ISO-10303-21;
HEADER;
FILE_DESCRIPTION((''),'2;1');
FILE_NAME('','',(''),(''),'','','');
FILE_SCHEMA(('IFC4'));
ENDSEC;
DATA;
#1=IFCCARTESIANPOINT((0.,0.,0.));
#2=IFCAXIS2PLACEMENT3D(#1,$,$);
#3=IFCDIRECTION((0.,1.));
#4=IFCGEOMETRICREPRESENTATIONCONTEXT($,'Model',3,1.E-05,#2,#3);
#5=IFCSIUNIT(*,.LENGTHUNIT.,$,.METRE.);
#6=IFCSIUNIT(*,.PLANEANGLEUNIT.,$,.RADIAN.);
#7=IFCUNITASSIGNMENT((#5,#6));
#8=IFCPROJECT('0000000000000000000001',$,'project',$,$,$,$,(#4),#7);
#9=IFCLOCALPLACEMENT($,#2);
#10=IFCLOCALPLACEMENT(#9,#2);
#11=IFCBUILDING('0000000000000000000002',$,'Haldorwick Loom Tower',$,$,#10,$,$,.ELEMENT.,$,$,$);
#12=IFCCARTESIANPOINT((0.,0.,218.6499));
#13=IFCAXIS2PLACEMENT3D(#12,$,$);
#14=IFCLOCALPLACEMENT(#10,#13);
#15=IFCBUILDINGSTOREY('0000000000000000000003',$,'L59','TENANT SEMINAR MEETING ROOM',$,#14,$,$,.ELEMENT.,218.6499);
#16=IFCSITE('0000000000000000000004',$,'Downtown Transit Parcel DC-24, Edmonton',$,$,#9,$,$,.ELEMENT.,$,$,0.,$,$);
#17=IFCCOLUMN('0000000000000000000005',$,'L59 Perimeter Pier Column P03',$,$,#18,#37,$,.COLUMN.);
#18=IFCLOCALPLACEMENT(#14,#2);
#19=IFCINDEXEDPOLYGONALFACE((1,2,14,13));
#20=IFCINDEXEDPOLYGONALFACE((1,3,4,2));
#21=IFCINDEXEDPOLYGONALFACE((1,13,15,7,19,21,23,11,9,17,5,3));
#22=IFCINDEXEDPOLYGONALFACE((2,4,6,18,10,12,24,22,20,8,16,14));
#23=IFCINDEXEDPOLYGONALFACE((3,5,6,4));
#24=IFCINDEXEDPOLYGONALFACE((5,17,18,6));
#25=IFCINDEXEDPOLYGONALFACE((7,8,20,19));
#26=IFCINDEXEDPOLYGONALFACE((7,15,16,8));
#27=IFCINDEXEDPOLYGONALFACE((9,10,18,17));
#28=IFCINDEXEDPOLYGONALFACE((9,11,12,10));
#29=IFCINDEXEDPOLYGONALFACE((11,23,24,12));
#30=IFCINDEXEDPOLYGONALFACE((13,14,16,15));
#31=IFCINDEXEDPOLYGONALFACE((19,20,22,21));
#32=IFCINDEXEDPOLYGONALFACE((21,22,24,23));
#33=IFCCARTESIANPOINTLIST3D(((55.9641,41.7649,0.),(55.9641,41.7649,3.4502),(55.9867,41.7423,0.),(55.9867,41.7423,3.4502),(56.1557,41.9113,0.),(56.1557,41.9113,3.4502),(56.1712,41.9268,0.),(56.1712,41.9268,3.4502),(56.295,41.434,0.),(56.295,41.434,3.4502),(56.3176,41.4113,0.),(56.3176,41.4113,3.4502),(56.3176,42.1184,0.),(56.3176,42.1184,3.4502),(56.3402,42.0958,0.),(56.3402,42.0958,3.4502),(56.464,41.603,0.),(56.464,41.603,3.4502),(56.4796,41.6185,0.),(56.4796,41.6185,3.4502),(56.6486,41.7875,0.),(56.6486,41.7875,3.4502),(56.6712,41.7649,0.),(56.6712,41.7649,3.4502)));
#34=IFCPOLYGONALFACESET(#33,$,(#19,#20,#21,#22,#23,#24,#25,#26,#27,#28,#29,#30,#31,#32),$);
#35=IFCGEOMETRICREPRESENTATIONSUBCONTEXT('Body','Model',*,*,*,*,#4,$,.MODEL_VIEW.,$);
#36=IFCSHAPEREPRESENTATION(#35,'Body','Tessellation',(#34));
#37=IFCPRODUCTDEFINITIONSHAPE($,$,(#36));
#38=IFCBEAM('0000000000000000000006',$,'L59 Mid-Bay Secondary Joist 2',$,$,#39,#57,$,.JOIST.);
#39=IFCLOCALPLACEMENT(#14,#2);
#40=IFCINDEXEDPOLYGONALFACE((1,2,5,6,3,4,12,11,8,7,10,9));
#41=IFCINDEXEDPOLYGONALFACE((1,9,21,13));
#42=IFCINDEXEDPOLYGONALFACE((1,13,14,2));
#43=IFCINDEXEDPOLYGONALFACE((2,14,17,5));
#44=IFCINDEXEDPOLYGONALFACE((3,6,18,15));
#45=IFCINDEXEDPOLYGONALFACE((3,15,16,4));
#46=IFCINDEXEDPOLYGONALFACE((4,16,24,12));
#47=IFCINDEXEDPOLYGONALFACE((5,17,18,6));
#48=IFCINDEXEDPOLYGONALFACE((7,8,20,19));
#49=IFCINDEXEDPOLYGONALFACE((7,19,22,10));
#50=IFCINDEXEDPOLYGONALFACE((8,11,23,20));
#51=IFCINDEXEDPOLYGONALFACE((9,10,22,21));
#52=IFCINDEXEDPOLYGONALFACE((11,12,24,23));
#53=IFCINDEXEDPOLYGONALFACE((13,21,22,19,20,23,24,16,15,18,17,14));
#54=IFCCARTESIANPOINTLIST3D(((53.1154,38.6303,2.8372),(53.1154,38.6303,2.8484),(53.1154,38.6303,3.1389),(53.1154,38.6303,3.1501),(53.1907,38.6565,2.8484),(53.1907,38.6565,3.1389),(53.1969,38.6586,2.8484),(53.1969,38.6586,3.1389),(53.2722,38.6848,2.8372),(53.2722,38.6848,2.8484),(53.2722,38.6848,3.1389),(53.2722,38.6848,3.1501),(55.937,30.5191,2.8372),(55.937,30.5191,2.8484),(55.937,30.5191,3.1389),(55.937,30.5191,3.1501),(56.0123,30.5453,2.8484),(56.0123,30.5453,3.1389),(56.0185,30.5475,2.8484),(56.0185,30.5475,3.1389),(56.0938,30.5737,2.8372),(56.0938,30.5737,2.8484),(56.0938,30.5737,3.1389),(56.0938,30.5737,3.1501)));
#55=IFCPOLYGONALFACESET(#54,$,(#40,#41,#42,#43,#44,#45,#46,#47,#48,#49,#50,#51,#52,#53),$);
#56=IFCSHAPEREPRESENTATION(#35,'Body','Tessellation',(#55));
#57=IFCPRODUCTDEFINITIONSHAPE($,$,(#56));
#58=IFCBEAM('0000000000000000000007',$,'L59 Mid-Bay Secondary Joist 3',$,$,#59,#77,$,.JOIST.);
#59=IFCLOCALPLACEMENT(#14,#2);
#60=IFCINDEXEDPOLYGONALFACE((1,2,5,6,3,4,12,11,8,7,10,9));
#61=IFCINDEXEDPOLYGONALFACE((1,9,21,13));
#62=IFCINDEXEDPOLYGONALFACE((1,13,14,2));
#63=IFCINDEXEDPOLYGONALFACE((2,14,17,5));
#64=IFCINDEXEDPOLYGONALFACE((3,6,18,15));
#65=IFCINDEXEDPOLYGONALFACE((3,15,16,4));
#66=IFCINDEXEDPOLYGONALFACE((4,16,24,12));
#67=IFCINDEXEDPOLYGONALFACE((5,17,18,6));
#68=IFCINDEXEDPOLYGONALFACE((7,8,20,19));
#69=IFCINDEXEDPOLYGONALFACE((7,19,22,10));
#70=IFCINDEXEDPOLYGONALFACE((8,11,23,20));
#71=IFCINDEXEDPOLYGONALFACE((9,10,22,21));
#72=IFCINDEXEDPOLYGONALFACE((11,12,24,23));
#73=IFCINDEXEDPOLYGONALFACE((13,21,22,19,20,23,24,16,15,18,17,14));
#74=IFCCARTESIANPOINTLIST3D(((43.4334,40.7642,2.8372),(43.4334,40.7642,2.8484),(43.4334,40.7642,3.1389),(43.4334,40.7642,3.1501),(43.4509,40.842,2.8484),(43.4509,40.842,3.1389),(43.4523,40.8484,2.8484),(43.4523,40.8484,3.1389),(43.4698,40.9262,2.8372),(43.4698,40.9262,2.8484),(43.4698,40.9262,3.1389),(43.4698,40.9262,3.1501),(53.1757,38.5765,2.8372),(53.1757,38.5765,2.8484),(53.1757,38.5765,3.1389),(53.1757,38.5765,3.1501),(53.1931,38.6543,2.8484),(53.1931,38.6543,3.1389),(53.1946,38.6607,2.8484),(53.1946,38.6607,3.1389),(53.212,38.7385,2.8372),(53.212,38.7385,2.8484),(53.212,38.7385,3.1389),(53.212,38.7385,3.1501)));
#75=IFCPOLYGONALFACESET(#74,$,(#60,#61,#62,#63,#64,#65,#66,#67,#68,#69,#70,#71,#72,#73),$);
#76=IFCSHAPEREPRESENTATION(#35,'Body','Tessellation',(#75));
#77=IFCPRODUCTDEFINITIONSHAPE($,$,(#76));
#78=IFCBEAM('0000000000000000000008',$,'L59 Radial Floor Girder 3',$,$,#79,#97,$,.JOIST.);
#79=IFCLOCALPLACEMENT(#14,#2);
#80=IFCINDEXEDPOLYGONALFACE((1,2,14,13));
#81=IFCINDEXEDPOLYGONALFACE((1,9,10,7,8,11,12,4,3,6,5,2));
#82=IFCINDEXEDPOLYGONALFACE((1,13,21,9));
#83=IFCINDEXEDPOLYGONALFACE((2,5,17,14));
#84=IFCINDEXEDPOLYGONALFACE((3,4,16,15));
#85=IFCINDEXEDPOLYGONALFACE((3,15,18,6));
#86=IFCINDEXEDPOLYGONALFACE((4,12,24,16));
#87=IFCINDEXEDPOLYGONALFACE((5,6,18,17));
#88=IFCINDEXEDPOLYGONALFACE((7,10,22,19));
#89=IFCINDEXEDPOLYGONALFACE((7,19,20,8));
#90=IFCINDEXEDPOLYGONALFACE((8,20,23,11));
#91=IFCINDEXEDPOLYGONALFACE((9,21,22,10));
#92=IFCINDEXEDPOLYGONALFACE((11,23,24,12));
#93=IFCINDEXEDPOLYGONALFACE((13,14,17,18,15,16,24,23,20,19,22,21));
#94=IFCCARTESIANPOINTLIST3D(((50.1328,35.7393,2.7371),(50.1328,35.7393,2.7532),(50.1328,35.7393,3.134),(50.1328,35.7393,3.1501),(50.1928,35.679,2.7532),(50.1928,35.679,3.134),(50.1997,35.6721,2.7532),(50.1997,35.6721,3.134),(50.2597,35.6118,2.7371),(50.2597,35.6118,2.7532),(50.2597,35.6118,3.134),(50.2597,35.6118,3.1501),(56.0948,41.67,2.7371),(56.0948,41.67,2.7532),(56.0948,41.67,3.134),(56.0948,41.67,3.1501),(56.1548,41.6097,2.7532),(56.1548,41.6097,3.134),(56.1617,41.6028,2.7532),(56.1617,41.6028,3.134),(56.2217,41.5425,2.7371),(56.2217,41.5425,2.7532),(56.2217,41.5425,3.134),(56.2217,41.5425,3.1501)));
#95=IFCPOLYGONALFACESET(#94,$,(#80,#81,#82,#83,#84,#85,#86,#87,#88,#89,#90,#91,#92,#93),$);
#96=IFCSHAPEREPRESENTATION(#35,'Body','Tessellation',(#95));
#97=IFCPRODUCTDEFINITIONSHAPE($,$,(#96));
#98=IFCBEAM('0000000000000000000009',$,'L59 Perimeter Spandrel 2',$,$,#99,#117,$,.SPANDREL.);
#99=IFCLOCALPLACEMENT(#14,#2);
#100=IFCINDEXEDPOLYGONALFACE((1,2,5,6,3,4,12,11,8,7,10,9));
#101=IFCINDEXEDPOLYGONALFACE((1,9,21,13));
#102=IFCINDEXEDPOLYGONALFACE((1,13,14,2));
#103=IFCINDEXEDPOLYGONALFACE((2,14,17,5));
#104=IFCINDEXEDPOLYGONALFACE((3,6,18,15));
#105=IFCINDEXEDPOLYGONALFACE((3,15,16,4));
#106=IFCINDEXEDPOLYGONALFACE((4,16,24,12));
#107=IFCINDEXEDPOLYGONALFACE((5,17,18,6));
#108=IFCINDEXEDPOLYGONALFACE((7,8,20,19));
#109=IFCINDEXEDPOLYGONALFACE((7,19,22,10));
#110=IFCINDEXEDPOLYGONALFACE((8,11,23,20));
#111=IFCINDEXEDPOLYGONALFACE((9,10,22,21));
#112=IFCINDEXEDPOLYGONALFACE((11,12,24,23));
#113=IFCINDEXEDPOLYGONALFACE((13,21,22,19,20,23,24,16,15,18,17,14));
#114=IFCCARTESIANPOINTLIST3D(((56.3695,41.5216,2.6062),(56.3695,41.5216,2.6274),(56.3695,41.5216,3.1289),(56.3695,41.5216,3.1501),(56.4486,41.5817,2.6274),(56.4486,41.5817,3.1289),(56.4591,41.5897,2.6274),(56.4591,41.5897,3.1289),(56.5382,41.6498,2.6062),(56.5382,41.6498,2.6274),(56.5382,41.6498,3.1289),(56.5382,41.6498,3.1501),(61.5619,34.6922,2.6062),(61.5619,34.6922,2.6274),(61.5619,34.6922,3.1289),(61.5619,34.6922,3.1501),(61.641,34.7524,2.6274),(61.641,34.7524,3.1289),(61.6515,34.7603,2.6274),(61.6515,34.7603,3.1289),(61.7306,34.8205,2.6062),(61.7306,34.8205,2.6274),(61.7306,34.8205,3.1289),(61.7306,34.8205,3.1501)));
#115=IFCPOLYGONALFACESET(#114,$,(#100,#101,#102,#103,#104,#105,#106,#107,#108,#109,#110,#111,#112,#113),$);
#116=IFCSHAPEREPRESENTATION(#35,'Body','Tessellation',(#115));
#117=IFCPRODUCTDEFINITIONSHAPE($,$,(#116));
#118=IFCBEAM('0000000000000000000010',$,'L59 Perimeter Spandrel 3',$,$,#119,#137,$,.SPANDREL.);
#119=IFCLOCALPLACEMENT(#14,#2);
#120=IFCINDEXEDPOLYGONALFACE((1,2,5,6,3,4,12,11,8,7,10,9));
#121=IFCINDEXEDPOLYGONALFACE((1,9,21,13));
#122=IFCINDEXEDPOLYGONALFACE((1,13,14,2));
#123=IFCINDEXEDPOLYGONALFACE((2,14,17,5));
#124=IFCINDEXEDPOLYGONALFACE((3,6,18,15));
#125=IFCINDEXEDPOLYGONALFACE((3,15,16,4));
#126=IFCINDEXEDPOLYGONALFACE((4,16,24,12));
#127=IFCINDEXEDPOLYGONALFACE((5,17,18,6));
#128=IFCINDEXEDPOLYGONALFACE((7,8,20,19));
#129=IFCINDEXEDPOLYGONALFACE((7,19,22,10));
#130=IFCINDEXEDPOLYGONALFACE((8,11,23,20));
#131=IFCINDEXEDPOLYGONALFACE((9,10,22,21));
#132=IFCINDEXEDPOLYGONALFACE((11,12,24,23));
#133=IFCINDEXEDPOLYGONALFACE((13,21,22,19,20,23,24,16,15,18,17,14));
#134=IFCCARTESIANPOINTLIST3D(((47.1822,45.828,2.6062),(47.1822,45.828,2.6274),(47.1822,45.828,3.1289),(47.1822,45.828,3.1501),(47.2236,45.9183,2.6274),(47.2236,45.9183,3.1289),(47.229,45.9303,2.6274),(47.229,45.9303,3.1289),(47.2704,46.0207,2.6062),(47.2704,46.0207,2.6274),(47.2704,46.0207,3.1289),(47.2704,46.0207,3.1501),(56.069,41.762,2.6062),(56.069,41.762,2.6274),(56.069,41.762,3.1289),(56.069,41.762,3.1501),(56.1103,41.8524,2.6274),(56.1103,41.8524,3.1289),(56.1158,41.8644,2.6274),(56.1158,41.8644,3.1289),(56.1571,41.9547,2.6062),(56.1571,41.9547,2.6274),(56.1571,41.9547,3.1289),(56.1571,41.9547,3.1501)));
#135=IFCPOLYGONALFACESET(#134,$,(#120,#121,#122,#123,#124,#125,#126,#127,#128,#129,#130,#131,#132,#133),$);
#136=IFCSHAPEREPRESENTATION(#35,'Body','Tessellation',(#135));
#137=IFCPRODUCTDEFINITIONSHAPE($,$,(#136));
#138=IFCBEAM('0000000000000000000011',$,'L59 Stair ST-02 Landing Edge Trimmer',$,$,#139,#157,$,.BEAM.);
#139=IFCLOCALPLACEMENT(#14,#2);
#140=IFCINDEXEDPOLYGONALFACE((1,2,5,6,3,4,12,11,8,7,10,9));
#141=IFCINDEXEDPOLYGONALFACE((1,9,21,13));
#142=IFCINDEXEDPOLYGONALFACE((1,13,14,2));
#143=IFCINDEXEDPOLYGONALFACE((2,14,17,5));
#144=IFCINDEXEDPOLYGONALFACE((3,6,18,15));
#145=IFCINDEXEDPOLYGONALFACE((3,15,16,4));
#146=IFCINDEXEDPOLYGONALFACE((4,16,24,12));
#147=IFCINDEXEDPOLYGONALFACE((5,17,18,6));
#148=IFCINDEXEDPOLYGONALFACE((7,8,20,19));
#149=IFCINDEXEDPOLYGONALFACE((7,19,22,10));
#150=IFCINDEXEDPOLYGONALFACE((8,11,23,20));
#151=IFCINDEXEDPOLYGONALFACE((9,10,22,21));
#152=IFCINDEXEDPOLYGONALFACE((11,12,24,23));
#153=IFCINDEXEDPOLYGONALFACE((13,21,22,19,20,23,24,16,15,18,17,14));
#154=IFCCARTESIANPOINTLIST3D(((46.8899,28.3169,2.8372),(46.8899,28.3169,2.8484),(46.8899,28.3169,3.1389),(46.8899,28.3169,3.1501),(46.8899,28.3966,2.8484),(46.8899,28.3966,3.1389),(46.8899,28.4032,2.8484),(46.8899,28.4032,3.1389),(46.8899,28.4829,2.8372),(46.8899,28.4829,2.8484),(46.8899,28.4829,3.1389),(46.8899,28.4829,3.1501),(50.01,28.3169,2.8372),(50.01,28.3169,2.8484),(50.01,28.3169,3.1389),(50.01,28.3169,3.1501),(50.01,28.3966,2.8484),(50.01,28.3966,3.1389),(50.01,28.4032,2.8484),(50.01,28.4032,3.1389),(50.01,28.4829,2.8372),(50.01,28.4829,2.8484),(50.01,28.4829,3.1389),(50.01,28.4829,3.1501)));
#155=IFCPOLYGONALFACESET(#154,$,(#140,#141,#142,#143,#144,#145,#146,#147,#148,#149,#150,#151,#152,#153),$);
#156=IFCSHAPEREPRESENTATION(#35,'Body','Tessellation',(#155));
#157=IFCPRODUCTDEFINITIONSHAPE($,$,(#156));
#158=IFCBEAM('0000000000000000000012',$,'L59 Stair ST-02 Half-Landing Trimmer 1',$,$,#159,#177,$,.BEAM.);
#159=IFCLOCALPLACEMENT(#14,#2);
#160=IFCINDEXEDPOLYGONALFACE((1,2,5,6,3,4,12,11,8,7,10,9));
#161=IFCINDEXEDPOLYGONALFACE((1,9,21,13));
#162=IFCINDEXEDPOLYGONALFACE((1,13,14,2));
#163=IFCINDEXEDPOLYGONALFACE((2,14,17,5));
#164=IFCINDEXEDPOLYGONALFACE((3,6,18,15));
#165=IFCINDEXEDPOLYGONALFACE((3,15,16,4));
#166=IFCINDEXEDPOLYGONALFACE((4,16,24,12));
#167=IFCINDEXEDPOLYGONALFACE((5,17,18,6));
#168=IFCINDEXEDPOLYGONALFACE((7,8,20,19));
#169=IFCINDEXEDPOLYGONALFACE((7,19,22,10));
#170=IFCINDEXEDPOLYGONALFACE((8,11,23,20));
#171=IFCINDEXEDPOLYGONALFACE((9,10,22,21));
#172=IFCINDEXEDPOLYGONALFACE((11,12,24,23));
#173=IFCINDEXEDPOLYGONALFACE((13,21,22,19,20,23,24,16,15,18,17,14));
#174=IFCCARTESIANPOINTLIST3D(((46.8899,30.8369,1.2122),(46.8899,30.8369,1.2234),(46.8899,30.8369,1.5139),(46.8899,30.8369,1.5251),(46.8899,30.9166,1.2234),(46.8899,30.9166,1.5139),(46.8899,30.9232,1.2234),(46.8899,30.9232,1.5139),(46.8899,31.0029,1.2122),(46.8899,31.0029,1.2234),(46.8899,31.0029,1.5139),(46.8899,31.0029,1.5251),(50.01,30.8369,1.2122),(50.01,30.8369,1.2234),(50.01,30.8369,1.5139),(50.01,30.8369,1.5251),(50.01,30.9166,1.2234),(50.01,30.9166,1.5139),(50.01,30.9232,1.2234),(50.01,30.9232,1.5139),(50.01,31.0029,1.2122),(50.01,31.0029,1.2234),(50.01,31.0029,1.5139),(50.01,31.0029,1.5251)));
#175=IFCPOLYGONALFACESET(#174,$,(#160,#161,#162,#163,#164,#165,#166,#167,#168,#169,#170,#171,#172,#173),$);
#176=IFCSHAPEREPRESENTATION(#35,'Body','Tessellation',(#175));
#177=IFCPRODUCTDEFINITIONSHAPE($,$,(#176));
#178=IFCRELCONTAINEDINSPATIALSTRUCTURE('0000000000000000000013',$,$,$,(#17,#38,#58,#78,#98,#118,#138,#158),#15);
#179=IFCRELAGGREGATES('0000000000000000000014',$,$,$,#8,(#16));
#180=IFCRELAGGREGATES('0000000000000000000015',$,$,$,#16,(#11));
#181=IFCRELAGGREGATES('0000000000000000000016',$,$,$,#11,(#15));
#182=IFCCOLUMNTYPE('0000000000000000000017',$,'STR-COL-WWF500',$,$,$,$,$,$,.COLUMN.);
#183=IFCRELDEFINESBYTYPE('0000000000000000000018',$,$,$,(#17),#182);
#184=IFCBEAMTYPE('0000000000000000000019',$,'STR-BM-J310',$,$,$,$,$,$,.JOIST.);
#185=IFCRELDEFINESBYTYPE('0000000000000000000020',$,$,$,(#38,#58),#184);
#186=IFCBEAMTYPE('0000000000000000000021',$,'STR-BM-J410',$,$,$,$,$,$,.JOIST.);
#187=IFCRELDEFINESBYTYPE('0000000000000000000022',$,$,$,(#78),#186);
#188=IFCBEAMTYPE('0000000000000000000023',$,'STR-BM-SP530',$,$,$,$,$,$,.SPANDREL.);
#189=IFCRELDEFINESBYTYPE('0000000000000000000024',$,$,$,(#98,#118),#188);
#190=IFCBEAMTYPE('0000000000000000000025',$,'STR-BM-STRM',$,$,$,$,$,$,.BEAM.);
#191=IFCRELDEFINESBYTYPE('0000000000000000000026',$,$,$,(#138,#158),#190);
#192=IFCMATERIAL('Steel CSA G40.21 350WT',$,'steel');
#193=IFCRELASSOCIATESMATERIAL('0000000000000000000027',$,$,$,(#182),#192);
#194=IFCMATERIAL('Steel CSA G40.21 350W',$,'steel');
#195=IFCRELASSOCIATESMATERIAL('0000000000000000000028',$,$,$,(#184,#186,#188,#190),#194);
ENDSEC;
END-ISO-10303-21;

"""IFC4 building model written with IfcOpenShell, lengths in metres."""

from ifc_helpers import new_model, si_unit, direction, frame, origin, origin_2d, place, context, subcontext, project, spatial, i_section, extrude, material, material_profile, profile_set, type_object, element, save


model = new_model("IFC4")

# Units and contexts
model_context = context("Model", 3, precision=1e-05, world=origin(), true_north=direction((0.0, 1.0)))
body_context = subcontext(model_context, "Body", "Model", "MODEL_VIEW")
ifc_project = project(units=[si_unit("LENGTHUNIT", "METRE"), si_unit("PLANEANGLEUNIT", "RADIAN")], contexts=[model_context])

# Site, building, storey
site_placement = place(None, origin())
site = spatial("IfcSite", under=ifc_project, at=site_placement, Name="Downtown Transit Parcel DC-24, Edmonton", CompositionType="ELEMENT", RefElevation=0.0)
building_placement = place(site_placement, origin())
building = spatial("IfcBuilding", under=site, at=building_placement, Name="Haldorwick Loom Tower", CompositionType="ELEMENT")
storey_placement = place(building_placement, frame((0.0, 0.0, 218.6499)))
storey = spatial("IfcBuildingStorey", under=building, at=storey_placement, Name="L59", Description="TENANT SEMINAR MEETING ROOM", CompositionType="ELEMENT", Elevation=218.6499)

# Column
ifc_material_1 = material(Name="Steel CSA G40.21 350W", Category="steel")
ifc_material_2 = material(Name="Steel CSA G40.21 350WT", Category="steel")
ifc_material_profile_1 = material_profile(ifc_material_2, i_section(OverallWidth=0.5, OverallDepth=0.5, WebThickness=0.022, FlangeThickness=0.032, at=origin_2d()), Name="WWF500X500", Category="steel")
ifc_profile_set_1 = profile_set([ifc_material_profile_1], Name="Steel CSA G40.21 350WT")
column_type_1 = type_object("IfcColumnType", Name="STR-COL-WWF500", PredefinedType="COLUMN", material=ifc_profile_set_1)
column_1_placement = place(storey_placement, frame((56.3176, 41.7649, 0.0), z_axis=(0.0, 0.0, 1.0), x_axis=(0.707107, 0.707107, 0.0)))
element("IfcColumn", 1, at=column_1_placement, inside=storey, type_object=column_type_1, Name="L59 Perimeter Pier Column P03", PredefinedType="COLUMN", context=body_context, shape_type="SweptSolid", body=[
    extrude(i_section(OverallWidth=0.5, OverallDepth=0.5, WebThickness=0.022, FlangeThickness=0.032, at=origin_2d()), origin(), (0.0, 0.0, 1.0), 3.4502),
])

# Beams
ifc_material_profile_2 = material_profile(ifc_material_1, i_section(OverallWidth=0.166, OverallDepth=0.313, WebThickness=0.0066, FlangeThickness=0.0112, at=origin_2d()), Name="W310X45", Category="steel")
ifc_profile_set_2 = profile_set([ifc_material_profile_2], Name="Steel CSA G40.21 350W")
beam_type_1 = type_object("IfcBeamType", Name="STR-BM-J310", PredefinedType="JOIST", material=ifc_profile_set_2)
beam_1_placement = place(storey_placement, frame((56.0154, 30.5464, 2.9937), z_axis=(-0.32855, 0.944486, 0.0), x_axis=(-0.944486, -0.32855, 0.0)))
element("IfcBeam", 2, at=beam_1_placement, inside=storey, type_object=beam_type_1, Name="L59 Mid-Bay Secondary Joist 2", PredefinedType="JOIST", context=body_context, shape_type="SweptSolid", body=[
    extrude(i_section(OverallWidth=0.166, OverallDepth=0.313, WebThickness=0.0066, FlangeThickness=0.0112, at=origin_2d()), origin(), (0.0, 0.0, 1.0), 8.5879),
])
beam_2_placement = place(storey_placement, frame((53.1938, 38.6575, 2.9937), z_axis=(-0.975701, 0.219107, 0.0), x_axis=(-0.219107, -0.975701, 0.0)))
element("IfcBeam", 3, at=beam_2_placement, inside=storey, type_object=beam_type_1, Name="L59 Mid-Bay Secondary Joist 3", PredefinedType="JOIST", context=body_context, shape_type="SweptSolid", body=[
    extrude(i_section(OverallWidth=0.166, OverallDepth=0.313, WebThickness=0.0066, FlangeThickness=0.0112, at=origin_2d()), origin(), (0.0, 0.0, 1.0), 9.9849),
])
ifc_material_profile_3 = material_profile(ifc_material_1, i_section(OverallWidth=0.1799, OverallDepth=0.4131, WebThickness=0.0098, FlangeThickness=0.0161, at=origin_2d()), Name="W410X74", Category="steel")
ifc_profile_set_3 = profile_set([ifc_material_profile_3], Name="Steel CSA G40.21 350W")
beam_type_2 = type_object("IfcBeamType", Name="STR-BM-J410", PredefinedType="JOIST", material=ifc_profile_set_3)
beam_3_placement = place(storey_placement, frame((50.1963, 35.6755, 2.9436), z_axis=(0.708962, 0.705246, 0.0), x_axis=(-0.705246, 0.708962, 0.0)))
element("IfcBeam", 4, at=beam_3_placement, inside=storey, type_object=beam_type_2, Name="L59 Radial Floor Girder 3", PredefinedType="JOIST", context=body_context, shape_type="SweptSolid", body=[
    extrude(i_section(OverallWidth=0.1799, OverallDepth=0.4131, WebThickness=0.0098, FlangeThickness=0.0161, at=origin_2d()), origin(), (0.0, 0.0, 1.0), 8.4094),
])
ifc_material_profile_4 = material_profile(ifc_material_1, i_section(OverallWidth=0.2119, OverallDepth=0.5439, WebThickness=0.0132, FlangeThickness=0.0212, at=origin_2d()), Name="W530X123", Category="steel")
ifc_profile_set_4 = profile_set([ifc_material_profile_4], Name="Steel CSA G40.21 350W")
beam_type_3 = type_object("IfcBeamType", Name="STR-BM-SP530", PredefinedType="SPANDREL", material=ifc_profile_set_4)
beam_4_placement = place(storey_placement, frame((61.6462, 34.7563, 2.8782), z_axis=(-0.605237, 0.796045, 0.0), x_axis=(-0.796045, -0.605237, 0.0)))
element("IfcBeam", 5, at=beam_4_placement, inside=storey, type_object=beam_type_3, Name="L59 Perimeter Spandrel 2", PredefinedType="SPANDREL", context=body_context, shape_type="SweptSolid", body=[
    extrude(i_section(OverallWidth=0.2119, OverallDepth=0.5439, WebThickness=0.0132, FlangeThickness=0.0212, at=origin_2d()), origin(), (0.0, 0.0, 1.0), 8.5791),
])
beam_5_placement = place(storey_placement, frame((56.113, 41.8584, 2.8782), z_axis=(-0.909342, 0.416049, 0.0), x_axis=(-0.416049, -0.909342, 0.0)))
element("IfcBeam", 6, at=beam_5_placement, inside=storey, type_object=beam_type_3, Name="L59 Perimeter Spandrel 3", PredefinedType="SPANDREL", context=body_context, shape_type="SweptSolid", body=[
    extrude(i_section(OverallWidth=0.2119, OverallDepth=0.5439, WebThickness=0.0132, FlangeThickness=0.0212, at=origin_2d()), origin(), (0.0, 0.0, 1.0), 9.7727),
])
ifc_material_profile_5 = material_profile(ifc_material_1, i_section(OverallWidth=0.166, OverallDepth=0.313, WebThickness=0.0066, FlangeThickness=0.0112, at=origin_2d()), Name="W310X45", Category="steel")
ifc_profile_set_5 = profile_set([ifc_material_profile_5], Name="Steel CSA G40.21 350W")
beam_type_4 = type_object("IfcBeamType", Name="STR-BM-STRM", PredefinedType="BEAM", material=ifc_profile_set_5)
for number, where, z_axis, x_axis, name in (
    (7, (46.8899, 28.3999, 2.9937), (1.0, 0.0, 0.0), (0.0, 1.0, 0.0), "L59 Stair ST-02 Landing Edge Trimmer"),
    (8, (46.8899, 30.9199, 1.3687), (1.0, 0.0, 0.0), (0.0, 1.0, 0.0), "L59 Stair ST-02 Half-Landing Trimmer 1"),
):
    element("IfcBeam", number, at=place(storey_placement, frame(where, z_axis=z_axis, x_axis=x_axis)), inside=storey, type_object=beam_type_4, Name=name, PredefinedType="BEAM", context=body_context, shape_type="SweptSolid", body=[
        extrude(i_section(OverallWidth=0.166, OverallDepth=0.313, WebThickness=0.0066, FlangeThickness=0.0112, at=origin_2d()), origin(), (0.0, 0.0, 1.0), 3.1201),
    ])

save(model, "model.ifc")
